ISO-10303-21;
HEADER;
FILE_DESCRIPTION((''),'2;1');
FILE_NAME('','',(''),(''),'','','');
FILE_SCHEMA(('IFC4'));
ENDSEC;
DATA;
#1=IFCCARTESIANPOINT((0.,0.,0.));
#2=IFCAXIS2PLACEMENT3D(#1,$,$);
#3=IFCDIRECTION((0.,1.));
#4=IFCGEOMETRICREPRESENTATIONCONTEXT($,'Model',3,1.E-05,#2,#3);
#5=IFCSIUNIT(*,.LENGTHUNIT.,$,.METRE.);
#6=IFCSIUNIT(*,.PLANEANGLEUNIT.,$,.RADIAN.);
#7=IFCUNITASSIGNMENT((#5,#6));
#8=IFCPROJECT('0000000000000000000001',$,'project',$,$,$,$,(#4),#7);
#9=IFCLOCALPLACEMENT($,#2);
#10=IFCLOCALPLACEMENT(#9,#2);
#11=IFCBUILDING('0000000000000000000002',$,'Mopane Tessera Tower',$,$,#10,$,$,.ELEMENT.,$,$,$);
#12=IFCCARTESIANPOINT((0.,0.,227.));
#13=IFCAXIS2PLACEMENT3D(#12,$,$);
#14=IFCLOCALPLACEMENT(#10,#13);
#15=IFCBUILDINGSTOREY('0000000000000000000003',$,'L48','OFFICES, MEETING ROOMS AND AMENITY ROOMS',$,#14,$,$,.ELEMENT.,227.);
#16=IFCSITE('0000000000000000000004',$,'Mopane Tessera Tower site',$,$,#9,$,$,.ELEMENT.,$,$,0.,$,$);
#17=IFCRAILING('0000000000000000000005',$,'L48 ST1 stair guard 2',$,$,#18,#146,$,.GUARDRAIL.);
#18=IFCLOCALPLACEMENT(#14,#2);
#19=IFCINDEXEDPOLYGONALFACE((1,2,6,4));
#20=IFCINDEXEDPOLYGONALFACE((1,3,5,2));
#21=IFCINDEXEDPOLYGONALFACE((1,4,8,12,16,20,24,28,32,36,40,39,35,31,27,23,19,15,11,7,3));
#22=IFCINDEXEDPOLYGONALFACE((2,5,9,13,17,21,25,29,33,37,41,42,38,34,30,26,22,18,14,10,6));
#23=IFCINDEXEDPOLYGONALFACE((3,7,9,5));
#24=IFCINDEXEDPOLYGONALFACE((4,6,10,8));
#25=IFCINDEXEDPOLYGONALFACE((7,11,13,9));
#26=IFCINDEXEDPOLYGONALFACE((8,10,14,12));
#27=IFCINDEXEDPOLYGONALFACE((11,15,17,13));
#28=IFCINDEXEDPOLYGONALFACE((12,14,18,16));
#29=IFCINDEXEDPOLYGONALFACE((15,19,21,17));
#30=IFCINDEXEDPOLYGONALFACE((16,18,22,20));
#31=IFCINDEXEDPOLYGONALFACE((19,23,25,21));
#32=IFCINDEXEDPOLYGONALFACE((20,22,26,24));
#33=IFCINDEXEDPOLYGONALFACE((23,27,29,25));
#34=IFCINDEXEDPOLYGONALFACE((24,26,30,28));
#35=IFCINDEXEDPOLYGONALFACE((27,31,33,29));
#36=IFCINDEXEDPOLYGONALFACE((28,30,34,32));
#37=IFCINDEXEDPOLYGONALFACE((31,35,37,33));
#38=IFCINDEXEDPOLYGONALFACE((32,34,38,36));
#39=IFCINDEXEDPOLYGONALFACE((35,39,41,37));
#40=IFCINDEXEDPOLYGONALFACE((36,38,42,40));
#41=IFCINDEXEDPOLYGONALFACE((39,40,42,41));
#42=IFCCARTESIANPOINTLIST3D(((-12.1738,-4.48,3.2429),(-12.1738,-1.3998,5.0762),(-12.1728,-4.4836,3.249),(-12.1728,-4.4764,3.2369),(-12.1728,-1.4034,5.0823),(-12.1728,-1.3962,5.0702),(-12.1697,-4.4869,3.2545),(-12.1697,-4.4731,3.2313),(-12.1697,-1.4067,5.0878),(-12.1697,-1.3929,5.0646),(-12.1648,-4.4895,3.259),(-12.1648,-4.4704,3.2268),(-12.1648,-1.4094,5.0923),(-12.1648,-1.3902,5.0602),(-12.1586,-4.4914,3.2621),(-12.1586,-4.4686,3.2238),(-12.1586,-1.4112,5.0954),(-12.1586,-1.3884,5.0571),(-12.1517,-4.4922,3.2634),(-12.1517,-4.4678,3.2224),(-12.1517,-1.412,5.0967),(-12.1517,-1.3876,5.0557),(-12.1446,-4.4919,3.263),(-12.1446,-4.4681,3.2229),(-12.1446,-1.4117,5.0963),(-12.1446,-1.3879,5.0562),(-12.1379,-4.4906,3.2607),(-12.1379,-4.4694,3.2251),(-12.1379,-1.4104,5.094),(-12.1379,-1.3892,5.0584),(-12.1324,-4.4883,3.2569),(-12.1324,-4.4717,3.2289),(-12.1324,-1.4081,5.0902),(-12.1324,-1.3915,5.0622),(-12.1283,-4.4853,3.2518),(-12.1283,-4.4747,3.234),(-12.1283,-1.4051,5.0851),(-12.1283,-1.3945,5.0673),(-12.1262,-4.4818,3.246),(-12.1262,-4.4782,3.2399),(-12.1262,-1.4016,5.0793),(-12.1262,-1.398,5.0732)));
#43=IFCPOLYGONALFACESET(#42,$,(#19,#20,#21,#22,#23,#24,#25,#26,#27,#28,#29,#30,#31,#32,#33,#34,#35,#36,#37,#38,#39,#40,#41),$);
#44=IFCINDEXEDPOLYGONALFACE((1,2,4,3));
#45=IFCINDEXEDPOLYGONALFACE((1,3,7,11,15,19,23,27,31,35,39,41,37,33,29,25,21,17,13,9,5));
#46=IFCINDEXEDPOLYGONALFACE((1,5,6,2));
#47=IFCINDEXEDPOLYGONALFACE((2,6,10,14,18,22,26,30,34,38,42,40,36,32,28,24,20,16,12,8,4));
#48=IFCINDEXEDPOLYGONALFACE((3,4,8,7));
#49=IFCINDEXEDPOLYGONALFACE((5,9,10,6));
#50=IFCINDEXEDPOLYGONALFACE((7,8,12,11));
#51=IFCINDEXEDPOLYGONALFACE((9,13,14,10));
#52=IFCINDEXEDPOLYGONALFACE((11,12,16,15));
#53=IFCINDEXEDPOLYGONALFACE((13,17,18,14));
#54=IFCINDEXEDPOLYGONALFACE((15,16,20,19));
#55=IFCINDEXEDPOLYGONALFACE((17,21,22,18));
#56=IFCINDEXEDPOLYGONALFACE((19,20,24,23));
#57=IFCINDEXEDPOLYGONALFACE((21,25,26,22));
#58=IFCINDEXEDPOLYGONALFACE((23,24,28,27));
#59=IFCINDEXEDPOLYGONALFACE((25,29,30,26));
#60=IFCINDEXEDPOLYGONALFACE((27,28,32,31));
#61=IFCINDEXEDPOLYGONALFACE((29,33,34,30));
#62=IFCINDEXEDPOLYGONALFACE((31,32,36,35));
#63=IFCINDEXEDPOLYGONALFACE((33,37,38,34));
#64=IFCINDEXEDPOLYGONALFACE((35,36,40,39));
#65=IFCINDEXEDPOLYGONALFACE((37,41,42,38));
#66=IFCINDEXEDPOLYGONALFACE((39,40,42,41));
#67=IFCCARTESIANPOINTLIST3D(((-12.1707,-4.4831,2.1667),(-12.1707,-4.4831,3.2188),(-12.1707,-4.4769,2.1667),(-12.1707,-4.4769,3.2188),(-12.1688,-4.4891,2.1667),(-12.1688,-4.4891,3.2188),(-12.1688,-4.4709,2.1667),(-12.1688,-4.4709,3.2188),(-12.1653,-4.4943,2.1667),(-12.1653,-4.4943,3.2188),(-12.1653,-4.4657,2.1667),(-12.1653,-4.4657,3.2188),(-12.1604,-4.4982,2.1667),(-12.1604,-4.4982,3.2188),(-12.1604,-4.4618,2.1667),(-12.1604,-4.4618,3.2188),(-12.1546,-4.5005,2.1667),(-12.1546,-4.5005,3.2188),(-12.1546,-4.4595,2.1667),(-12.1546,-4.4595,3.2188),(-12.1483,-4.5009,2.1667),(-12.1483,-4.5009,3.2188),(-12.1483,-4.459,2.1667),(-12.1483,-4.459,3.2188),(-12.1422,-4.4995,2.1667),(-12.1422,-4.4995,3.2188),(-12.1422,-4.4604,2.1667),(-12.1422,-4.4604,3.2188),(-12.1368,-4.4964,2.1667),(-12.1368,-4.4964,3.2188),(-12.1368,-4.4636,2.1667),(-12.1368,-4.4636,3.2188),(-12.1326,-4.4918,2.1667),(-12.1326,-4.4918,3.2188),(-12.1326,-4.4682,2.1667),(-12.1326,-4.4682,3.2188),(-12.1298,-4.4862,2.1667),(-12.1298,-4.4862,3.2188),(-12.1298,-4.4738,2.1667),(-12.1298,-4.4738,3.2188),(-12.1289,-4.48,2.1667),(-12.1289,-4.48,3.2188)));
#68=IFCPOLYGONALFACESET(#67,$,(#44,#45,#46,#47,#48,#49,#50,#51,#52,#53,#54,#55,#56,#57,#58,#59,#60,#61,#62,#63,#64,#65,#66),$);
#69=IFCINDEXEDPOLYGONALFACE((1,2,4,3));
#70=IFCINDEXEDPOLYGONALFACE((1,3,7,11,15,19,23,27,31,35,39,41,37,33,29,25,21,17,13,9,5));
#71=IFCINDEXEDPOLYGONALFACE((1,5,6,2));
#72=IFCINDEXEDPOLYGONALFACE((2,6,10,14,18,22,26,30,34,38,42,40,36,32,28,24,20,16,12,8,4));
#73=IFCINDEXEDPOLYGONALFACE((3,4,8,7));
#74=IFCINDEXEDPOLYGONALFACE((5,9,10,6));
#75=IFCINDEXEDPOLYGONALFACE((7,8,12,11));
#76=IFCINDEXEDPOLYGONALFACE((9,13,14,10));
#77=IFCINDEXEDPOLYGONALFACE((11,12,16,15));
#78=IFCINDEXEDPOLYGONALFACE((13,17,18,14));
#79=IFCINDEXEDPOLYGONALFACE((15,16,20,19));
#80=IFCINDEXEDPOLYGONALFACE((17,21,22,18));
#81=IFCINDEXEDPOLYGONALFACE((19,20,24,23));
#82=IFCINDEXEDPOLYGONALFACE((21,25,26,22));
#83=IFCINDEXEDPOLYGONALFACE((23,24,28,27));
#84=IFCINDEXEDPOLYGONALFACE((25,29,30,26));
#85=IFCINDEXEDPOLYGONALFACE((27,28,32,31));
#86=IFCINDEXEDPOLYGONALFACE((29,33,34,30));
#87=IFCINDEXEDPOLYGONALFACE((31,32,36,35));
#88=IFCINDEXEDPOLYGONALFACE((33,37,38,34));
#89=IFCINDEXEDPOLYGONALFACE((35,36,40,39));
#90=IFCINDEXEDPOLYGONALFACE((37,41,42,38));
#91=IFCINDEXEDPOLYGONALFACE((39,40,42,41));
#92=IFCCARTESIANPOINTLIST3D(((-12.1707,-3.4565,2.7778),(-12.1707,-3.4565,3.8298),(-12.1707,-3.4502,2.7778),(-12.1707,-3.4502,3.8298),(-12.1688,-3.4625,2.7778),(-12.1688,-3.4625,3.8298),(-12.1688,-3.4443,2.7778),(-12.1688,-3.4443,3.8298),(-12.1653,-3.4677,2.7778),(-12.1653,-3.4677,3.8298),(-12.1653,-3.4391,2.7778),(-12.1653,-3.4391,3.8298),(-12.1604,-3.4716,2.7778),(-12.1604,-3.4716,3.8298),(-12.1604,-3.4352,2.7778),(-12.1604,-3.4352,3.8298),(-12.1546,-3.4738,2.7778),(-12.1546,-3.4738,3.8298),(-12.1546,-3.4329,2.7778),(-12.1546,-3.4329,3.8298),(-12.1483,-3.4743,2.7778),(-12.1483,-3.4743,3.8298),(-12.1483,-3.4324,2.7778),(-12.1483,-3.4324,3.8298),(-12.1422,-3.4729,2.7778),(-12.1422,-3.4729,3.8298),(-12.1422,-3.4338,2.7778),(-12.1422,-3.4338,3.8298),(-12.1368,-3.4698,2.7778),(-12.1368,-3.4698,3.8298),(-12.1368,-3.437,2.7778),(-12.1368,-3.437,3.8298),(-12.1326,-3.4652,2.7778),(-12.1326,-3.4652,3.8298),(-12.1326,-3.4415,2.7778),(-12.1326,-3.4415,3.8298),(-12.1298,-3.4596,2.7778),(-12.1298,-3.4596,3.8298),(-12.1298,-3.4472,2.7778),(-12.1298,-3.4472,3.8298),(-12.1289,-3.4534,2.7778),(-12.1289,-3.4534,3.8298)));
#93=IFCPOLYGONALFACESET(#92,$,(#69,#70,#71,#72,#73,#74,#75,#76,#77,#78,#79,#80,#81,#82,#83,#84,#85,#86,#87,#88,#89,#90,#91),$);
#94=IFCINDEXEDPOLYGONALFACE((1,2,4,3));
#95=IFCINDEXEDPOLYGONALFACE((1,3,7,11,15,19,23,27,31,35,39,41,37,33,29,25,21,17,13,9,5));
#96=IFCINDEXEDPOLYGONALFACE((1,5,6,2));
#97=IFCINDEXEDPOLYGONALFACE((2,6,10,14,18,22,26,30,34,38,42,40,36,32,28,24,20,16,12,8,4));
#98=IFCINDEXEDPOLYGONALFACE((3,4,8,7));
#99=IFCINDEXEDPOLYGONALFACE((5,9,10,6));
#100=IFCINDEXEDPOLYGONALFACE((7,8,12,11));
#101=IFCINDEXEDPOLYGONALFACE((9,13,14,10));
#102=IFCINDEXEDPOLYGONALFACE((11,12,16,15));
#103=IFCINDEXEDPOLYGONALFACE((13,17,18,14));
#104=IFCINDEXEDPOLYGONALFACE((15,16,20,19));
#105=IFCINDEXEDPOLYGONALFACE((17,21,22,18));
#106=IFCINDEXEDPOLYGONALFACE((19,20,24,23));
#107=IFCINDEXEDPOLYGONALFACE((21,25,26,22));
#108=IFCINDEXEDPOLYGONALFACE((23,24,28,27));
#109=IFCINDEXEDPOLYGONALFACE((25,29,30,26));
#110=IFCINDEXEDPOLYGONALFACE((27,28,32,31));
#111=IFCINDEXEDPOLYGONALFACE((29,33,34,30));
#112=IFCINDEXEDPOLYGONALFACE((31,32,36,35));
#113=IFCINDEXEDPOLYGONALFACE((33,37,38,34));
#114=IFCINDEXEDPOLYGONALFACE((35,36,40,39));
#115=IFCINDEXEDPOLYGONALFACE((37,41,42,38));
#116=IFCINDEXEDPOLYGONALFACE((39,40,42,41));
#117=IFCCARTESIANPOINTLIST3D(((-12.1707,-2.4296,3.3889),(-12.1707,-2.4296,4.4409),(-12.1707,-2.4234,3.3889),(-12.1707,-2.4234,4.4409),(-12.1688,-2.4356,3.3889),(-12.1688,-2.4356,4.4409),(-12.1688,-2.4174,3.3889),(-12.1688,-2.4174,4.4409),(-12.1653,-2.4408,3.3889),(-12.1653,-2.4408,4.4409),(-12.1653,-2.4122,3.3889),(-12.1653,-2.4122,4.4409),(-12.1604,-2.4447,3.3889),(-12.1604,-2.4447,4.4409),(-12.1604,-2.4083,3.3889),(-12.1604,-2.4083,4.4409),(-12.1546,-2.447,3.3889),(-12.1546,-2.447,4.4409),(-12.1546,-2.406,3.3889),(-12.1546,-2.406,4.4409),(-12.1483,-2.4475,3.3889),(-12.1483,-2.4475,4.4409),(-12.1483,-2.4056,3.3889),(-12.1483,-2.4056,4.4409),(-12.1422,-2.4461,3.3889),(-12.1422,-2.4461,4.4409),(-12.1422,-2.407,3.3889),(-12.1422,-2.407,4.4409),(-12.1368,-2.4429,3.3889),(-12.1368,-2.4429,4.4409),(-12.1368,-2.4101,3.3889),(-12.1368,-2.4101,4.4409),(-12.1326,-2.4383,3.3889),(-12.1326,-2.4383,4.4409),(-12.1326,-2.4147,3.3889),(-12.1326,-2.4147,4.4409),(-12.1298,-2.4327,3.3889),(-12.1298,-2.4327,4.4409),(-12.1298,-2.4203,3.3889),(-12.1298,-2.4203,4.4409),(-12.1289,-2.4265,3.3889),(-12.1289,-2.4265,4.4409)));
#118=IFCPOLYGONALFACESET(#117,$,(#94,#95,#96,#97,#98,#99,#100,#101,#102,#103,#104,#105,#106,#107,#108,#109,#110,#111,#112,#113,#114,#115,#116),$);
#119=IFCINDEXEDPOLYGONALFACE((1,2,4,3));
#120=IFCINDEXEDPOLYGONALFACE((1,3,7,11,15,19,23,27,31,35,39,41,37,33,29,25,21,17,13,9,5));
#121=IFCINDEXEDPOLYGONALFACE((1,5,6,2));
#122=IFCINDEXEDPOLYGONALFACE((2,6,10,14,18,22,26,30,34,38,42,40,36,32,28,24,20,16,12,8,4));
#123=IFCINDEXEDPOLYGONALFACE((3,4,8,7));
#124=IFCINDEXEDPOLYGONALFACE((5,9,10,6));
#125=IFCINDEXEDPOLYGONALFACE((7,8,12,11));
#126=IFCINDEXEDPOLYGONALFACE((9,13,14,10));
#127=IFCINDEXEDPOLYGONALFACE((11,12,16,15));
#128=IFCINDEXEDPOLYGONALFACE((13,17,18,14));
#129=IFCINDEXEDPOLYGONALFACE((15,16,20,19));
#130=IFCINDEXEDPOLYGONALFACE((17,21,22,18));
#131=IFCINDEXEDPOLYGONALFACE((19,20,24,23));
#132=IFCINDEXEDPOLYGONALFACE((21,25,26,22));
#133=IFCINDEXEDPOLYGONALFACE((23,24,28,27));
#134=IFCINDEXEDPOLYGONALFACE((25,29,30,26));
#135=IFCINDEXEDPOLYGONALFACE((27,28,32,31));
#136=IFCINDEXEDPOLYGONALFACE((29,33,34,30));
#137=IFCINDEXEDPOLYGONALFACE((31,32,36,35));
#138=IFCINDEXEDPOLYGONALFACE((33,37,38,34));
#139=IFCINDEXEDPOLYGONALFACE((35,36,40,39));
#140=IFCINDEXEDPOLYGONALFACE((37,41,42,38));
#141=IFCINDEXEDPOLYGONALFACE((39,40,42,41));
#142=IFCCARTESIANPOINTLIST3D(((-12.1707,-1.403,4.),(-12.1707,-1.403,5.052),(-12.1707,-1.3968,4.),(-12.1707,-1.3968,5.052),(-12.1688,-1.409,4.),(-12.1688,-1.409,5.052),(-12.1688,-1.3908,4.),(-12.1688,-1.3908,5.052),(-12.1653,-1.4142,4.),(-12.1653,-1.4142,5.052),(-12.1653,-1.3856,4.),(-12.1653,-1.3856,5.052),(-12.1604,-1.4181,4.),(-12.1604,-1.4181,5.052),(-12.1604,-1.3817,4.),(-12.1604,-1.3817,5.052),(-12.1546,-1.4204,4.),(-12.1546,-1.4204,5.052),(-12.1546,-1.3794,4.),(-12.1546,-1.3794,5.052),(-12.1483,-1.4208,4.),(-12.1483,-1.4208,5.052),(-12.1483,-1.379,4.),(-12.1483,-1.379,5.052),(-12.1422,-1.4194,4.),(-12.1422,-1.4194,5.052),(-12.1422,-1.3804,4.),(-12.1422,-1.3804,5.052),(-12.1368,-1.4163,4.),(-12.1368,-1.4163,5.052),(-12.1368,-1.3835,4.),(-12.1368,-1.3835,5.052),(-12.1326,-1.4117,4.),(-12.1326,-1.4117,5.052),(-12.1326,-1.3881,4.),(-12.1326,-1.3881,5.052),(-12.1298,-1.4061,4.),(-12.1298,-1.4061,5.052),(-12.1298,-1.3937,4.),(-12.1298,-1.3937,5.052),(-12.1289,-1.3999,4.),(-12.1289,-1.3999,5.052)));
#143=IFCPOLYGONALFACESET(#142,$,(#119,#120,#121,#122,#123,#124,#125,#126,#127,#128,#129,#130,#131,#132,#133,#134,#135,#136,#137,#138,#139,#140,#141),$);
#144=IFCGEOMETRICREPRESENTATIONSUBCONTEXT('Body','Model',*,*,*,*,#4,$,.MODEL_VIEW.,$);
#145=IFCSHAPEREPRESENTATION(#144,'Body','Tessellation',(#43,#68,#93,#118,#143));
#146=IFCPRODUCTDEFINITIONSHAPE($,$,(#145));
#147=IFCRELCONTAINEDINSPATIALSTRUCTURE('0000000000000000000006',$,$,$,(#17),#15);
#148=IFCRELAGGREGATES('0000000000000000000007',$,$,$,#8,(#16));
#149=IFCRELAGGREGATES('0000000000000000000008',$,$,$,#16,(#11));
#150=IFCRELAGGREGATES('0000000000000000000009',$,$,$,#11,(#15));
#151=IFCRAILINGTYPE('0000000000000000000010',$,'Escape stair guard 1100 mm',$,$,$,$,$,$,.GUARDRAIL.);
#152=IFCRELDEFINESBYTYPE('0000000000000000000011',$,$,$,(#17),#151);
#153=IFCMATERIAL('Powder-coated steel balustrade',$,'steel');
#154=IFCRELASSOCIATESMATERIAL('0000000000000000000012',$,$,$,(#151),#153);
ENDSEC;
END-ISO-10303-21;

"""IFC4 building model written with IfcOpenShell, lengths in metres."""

from ifc_helpers import new_model, si_unit, direction, frame, origin, origin_2d, place, context, subcontext, project, spatial, circle, extrude, material, type_object, element, save


model = new_model("IFC4")

# Units and contexts
model_context = context("Model", 3, precision=1e-05, world=origin(), true_north=direction((0.0, 1.0)))
body_context = subcontext(model_context, "Body", "Model", "MODEL_VIEW")
ifc_project = project(units=[si_unit("LENGTHUNIT", "METRE"), si_unit("PLANEANGLEUNIT", "RADIAN")], contexts=[model_context])

# Site, building, storey
site_placement = place(None, origin())
site = spatial("IfcSite", under=ifc_project, at=site_placement, Name="Mopane Tessera Tower site", CompositionType="ELEMENT", RefElevation=0.0)
building_placement = place(site_placement, origin())
building = spatial("IfcBuilding", under=site, at=building_placement, Name="Mopane Tessera Tower", CompositionType="ELEMENT")
storey_placement = place(building_placement, frame((0.0, 0.0, 227.0)))
storey = spatial("IfcBuildingStorey", under=building, at=storey_placement, Name="L48", Description="OFFICES, MEETING ROOMS AND AMENITY ROOMS", CompositionType="ELEMENT", Elevation=227.0)

# Railing
ifc_material_1 = material(Name="Powder-coated steel balustrade", Category="steel")
railing_type_1 = type_object("IfcRailingType", Name="Escape stair guard 1100 mm", PredefinedType="GUARDRAIL", material=ifc_material_1)
railing_1_placement = place(storey_placement, frame((-12.1499, -4.48, 2.1667)))
element("IfcRailing", 1, at=railing_1_placement, inside=storey, type_object=railing_type_1, Name="L48 ST1 stair guard 2", PredefinedType="GUARDRAIL", context=body_context, shape_type="SweptSolid", body=[
    extrude(circle(Radius=0.0239, at=origin_2d()), frame((0.0, 0.0, 1.0762), z_axis=(0.0, 0.859309, 0.511458), x_axis=(-1.0, 0.0, 0.0)), (0.0, 0.0, 1.0), 3.5845),
    extrude(circle(Radius=0.021, at=origin_2d()), origin(), (0.0, 0.0, 1.0), 1.052),
    extrude(circle(Radius=0.021, at=origin_2d()), frame((0.0, 1.0266, 0.6111)), (0.0, 0.0, 1.0), 1.052),
    extrude(circle(Radius=0.021, at=origin_2d()), frame((0.0, 2.0535, 1.2222)), (0.0, 0.0, 1.0), 1.052),
    extrude(circle(Radius=0.021, at=origin_2d()), frame((0.0, 3.0801, 1.8333)), (0.0, 0.0, 1.0), 1.052),
])

save(model, "model.ifc")
